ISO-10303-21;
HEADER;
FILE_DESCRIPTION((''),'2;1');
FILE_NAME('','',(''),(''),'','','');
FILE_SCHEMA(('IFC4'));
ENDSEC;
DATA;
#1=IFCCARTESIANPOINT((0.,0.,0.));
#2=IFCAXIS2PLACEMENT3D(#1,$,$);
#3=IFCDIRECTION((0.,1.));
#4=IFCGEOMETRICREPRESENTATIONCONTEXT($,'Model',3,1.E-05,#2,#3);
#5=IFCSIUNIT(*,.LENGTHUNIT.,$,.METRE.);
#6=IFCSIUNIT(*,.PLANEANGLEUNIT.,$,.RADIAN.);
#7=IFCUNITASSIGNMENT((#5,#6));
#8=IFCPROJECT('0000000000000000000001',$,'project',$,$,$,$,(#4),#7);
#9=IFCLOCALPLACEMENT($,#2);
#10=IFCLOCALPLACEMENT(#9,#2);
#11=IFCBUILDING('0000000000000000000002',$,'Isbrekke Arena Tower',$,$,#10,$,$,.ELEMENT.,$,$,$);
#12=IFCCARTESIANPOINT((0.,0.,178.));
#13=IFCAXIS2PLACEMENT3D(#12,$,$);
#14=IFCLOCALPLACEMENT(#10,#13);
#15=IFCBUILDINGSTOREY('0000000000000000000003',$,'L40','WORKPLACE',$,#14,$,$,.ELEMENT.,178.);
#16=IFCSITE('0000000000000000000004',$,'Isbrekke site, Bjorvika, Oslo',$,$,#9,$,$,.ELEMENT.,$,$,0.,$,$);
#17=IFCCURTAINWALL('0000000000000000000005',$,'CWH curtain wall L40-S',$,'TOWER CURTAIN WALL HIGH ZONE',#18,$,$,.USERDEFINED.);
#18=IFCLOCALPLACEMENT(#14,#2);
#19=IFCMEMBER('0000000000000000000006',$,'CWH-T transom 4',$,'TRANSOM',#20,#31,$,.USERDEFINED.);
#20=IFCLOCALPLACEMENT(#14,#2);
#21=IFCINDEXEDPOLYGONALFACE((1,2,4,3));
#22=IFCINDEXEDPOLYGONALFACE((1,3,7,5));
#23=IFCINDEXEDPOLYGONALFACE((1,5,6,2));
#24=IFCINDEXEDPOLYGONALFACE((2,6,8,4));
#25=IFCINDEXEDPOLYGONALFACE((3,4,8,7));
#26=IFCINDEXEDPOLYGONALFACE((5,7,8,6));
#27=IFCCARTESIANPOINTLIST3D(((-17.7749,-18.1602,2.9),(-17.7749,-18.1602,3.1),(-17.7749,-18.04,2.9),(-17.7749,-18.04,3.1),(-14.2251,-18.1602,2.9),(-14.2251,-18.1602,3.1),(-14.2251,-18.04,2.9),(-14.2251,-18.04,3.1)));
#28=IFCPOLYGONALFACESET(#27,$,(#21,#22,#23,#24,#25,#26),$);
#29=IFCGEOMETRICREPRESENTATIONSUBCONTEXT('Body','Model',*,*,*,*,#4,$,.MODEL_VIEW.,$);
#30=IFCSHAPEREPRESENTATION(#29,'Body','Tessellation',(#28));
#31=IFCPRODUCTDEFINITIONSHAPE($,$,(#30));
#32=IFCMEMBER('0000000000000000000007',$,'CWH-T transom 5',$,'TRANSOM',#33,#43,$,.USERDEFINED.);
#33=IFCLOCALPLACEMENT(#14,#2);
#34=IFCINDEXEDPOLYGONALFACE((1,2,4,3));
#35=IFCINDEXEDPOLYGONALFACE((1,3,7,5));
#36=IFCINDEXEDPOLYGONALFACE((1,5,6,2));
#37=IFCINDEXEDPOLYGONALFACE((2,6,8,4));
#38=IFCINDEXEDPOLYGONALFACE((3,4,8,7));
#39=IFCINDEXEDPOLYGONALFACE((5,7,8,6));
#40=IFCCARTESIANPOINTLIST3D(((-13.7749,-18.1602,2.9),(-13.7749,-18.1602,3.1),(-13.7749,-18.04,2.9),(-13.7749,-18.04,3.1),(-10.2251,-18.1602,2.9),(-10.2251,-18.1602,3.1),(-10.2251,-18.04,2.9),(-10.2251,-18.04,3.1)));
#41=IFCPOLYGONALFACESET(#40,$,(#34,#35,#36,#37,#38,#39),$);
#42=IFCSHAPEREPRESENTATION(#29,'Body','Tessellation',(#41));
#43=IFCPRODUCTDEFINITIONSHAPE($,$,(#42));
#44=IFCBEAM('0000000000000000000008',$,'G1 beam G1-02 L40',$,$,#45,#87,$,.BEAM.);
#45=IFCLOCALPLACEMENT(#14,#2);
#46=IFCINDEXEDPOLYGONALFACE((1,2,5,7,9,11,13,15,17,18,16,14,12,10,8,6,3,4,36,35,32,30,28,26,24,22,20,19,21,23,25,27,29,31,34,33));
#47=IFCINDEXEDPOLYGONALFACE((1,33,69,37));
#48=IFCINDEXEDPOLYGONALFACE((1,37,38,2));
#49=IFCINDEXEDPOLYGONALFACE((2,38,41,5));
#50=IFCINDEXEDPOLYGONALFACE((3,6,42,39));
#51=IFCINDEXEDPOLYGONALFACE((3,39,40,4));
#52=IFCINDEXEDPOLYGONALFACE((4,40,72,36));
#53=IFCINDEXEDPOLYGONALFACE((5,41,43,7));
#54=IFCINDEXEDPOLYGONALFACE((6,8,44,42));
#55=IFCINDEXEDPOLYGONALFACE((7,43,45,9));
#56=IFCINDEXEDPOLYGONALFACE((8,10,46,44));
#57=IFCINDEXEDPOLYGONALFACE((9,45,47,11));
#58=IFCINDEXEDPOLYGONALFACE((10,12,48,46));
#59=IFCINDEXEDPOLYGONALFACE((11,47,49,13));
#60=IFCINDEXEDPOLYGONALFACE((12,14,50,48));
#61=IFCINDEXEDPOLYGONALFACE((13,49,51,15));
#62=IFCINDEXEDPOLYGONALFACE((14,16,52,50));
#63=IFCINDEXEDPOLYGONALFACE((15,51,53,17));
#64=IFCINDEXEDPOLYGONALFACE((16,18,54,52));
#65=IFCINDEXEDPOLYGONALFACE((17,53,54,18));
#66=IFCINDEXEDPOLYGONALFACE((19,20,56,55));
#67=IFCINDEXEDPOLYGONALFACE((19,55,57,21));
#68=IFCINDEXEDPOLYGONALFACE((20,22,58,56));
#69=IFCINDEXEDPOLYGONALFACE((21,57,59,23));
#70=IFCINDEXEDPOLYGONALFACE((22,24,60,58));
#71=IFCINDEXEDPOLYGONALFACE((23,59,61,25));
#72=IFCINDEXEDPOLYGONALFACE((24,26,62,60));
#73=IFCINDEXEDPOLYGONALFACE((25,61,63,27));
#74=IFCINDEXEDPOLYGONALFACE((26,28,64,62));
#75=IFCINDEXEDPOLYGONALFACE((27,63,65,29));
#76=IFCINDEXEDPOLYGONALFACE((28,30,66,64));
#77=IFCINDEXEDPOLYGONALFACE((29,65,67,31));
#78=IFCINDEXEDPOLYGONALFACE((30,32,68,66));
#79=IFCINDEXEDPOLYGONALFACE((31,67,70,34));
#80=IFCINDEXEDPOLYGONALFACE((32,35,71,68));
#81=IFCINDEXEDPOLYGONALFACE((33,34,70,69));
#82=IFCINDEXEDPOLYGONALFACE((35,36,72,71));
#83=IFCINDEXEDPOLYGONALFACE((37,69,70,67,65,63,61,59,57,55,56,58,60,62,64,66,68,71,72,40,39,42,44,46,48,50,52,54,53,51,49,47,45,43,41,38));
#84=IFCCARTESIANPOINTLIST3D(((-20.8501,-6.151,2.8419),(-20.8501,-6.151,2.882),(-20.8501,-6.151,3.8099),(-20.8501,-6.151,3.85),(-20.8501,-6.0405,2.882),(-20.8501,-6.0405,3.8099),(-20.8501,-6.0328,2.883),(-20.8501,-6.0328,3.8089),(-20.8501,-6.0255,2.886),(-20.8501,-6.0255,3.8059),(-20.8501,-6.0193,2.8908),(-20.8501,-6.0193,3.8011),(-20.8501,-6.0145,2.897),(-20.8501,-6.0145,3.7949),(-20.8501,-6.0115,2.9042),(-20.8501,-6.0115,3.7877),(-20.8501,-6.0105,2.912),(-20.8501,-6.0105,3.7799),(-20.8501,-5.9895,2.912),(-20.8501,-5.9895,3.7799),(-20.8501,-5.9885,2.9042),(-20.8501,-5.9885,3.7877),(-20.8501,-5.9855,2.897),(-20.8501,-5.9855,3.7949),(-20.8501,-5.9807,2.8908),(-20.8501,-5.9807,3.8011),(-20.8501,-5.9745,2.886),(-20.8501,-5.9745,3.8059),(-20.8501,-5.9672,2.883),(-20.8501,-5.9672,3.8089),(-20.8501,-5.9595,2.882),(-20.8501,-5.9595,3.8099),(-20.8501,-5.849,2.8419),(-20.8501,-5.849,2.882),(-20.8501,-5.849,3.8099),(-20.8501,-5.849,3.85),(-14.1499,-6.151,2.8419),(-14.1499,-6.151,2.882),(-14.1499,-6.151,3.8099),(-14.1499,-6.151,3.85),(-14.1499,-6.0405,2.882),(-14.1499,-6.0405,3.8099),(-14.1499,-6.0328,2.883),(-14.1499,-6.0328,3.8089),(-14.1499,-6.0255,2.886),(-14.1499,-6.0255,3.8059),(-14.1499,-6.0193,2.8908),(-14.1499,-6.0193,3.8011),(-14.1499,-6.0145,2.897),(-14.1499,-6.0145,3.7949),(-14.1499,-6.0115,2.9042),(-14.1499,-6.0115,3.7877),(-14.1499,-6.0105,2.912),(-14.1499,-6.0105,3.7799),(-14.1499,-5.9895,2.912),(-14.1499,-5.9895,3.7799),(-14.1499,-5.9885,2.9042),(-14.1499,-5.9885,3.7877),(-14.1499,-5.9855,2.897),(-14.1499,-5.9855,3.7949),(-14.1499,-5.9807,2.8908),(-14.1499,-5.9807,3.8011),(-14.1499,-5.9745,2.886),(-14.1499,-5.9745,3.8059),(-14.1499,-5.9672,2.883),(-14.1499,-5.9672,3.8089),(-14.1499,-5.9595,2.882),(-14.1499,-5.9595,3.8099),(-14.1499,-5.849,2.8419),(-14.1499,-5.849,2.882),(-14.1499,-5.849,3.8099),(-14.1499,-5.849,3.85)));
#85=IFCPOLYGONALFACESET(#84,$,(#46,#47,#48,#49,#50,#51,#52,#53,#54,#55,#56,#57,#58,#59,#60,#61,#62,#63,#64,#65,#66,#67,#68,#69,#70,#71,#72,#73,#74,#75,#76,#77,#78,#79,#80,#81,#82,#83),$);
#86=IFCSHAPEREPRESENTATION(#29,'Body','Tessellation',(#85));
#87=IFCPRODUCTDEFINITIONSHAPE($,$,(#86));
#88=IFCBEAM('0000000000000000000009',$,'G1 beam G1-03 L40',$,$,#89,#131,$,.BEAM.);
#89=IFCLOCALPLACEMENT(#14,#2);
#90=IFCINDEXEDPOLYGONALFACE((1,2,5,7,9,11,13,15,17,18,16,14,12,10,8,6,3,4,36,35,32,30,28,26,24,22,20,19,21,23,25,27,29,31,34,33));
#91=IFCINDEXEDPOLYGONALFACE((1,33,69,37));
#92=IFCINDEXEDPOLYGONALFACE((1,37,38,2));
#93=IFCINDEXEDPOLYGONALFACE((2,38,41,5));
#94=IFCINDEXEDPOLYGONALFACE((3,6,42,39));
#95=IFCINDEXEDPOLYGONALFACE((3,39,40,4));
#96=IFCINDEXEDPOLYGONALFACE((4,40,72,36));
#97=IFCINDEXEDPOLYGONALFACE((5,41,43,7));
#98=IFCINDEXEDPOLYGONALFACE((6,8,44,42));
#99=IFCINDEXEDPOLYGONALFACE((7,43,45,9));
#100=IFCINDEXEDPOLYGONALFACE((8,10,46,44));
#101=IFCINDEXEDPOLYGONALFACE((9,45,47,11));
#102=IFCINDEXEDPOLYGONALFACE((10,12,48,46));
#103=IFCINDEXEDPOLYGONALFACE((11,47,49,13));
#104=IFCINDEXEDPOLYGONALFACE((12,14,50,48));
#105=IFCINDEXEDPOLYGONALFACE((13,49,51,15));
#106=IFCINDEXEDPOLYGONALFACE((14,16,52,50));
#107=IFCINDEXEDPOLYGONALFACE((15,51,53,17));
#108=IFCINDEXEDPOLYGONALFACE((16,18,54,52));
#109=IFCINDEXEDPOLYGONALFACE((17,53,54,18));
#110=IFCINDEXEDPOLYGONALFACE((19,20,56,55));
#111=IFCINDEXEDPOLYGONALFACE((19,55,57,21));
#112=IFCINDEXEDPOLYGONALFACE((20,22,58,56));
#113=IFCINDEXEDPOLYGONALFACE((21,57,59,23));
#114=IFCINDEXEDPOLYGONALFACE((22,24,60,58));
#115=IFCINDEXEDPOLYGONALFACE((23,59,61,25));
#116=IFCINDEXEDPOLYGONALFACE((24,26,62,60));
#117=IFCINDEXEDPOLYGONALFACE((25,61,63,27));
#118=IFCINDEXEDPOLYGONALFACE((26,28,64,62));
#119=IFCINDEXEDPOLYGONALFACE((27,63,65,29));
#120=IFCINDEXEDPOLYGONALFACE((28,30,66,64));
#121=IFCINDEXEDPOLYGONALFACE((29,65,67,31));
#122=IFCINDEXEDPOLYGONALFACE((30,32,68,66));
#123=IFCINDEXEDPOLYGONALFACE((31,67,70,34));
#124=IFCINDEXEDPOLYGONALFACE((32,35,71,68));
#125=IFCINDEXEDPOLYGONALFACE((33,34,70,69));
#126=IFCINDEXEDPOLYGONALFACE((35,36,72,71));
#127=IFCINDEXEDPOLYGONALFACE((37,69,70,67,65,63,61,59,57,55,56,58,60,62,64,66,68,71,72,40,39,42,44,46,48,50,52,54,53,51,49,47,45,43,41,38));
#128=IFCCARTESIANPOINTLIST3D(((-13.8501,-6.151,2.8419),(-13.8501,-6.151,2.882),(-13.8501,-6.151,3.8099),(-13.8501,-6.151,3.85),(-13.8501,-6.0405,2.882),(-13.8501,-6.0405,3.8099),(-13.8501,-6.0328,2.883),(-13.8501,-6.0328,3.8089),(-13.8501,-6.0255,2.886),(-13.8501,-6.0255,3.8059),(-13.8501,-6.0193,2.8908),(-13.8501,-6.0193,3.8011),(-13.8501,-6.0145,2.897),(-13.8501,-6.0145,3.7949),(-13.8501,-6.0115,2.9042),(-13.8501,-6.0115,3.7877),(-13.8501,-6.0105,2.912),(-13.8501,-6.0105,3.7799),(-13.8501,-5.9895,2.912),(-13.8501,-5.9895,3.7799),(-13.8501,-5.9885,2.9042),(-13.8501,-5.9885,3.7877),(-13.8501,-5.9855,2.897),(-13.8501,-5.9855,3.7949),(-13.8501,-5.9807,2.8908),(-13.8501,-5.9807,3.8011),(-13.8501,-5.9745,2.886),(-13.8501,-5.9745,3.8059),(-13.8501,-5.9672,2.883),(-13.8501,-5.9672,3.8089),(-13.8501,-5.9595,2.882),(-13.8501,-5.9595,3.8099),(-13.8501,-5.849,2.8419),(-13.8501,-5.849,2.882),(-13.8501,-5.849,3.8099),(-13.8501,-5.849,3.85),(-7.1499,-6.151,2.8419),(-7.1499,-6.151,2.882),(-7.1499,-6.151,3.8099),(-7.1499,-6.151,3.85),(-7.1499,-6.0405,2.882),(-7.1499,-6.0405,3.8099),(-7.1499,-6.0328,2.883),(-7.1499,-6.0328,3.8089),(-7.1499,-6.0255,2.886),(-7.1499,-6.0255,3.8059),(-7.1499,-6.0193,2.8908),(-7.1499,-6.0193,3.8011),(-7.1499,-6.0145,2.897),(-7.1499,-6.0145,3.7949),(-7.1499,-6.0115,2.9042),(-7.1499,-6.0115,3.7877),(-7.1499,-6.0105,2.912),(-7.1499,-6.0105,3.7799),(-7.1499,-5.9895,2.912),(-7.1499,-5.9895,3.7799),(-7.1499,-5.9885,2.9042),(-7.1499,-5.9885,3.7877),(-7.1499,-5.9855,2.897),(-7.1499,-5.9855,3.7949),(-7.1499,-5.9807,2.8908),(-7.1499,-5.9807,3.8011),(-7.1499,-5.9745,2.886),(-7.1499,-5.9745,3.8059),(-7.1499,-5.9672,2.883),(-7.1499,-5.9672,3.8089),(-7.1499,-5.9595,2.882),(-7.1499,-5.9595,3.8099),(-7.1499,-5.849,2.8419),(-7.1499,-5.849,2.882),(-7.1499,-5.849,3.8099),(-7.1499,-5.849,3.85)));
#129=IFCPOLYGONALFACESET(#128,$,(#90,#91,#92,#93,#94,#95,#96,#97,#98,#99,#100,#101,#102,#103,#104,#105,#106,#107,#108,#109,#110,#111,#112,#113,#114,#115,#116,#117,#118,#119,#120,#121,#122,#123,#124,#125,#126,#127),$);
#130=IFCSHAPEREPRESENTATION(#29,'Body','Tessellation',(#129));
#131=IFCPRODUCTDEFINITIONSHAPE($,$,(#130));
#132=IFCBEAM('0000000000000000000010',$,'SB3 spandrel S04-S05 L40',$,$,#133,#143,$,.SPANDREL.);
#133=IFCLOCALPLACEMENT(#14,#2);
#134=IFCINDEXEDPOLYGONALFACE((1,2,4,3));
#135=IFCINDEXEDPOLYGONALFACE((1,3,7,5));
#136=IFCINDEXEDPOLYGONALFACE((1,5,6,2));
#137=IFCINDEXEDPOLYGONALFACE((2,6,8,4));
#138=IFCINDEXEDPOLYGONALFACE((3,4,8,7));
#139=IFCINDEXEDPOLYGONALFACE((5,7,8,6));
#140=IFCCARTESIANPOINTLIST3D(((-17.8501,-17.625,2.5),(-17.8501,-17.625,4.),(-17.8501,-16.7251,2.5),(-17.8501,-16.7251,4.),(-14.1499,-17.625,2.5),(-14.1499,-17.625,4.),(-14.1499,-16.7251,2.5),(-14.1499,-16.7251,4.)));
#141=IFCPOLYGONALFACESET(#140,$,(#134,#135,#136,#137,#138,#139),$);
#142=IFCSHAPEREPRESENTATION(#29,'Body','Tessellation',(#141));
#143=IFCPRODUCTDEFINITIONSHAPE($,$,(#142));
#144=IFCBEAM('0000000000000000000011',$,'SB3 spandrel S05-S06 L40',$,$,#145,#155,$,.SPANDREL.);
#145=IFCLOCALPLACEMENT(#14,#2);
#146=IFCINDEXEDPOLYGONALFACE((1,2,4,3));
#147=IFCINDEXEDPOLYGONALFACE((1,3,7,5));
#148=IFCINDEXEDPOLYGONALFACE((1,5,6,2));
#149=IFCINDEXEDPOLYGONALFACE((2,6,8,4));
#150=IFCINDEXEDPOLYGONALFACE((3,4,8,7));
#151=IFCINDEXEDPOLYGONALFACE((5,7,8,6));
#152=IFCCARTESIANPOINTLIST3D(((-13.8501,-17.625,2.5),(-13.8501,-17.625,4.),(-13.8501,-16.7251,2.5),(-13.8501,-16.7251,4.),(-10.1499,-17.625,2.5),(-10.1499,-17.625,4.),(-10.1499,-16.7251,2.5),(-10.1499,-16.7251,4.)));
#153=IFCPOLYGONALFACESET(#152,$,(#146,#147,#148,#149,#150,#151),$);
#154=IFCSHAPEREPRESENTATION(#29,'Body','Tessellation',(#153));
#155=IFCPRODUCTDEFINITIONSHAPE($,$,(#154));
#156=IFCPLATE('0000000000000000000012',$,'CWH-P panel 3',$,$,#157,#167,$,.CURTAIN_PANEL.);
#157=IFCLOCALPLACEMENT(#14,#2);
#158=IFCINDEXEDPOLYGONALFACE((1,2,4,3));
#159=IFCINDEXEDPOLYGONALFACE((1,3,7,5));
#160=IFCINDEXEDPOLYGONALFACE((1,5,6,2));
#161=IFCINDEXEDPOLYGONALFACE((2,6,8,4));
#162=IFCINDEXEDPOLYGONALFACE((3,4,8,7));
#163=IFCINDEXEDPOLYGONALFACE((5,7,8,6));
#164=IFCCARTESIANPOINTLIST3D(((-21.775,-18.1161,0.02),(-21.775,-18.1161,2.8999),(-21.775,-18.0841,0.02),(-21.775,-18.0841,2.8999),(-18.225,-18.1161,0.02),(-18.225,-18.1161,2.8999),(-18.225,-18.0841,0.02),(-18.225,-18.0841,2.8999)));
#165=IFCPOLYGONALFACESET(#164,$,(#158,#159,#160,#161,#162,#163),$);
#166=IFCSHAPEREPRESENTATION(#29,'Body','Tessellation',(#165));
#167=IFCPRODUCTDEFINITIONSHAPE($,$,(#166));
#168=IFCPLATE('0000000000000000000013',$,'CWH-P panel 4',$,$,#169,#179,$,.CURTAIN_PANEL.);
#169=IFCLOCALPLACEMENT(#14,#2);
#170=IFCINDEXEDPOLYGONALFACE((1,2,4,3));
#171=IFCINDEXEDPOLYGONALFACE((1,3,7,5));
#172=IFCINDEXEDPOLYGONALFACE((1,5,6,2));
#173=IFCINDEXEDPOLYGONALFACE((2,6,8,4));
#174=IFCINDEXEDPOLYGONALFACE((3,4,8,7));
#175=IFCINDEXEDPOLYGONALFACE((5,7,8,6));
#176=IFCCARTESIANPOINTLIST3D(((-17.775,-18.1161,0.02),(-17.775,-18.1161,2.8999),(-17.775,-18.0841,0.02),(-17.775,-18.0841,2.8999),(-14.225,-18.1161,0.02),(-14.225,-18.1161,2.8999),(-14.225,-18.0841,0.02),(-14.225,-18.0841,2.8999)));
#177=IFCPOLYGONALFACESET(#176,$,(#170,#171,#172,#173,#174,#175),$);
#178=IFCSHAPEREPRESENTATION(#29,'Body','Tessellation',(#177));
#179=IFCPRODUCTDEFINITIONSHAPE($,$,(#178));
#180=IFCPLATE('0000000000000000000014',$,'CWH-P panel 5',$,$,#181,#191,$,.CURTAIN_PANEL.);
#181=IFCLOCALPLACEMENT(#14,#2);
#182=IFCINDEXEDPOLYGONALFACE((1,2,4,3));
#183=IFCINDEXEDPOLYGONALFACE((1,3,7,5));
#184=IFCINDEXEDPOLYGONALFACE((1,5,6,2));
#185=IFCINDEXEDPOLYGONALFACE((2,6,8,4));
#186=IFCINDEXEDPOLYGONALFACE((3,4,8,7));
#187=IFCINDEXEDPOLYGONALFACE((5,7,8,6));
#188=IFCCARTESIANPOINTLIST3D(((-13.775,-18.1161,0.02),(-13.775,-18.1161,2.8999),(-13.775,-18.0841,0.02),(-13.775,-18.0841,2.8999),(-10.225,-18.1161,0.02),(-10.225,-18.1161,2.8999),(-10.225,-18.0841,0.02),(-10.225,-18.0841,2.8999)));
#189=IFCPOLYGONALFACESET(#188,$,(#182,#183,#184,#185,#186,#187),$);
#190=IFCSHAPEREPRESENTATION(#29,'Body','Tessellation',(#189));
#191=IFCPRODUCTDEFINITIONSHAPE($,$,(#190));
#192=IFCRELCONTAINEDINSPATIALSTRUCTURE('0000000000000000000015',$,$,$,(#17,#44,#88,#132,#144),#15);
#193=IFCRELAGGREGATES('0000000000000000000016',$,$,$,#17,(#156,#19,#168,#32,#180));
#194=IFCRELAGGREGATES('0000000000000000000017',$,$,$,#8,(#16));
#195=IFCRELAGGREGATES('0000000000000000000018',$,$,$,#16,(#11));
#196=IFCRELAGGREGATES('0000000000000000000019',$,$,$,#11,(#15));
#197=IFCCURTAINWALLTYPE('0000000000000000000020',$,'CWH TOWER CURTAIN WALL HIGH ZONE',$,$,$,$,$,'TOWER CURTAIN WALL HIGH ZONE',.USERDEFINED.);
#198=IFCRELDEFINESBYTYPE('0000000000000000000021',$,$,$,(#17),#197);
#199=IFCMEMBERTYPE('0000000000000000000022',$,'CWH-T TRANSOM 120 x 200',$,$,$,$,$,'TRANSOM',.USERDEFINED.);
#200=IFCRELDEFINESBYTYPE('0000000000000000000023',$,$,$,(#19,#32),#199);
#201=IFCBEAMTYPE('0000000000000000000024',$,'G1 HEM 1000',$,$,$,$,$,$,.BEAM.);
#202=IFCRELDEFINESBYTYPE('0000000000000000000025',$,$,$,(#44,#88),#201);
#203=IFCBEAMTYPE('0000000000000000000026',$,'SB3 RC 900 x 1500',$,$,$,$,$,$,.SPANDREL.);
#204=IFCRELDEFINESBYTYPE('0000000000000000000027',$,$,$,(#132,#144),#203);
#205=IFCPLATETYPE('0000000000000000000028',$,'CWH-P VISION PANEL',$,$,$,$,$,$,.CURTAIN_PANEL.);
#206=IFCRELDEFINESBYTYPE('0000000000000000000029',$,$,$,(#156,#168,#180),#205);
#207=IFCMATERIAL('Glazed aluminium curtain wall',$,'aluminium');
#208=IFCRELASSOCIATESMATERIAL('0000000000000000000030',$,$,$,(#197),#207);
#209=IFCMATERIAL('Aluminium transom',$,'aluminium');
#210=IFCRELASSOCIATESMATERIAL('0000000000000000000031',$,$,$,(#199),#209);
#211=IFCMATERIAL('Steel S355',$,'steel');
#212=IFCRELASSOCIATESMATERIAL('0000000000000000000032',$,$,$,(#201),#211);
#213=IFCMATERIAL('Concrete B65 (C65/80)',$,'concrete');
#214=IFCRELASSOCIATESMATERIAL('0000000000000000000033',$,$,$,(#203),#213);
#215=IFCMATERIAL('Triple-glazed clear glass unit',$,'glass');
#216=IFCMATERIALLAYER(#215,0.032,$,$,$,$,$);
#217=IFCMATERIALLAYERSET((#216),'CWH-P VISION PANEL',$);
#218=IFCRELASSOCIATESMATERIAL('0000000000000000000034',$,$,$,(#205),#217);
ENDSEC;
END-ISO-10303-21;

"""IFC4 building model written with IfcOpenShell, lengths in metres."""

from ifc_helpers import new_model, si_unit, direction, frame, origin, origin_2d, place, context, subcontext, project, spatial, rectangle, i_section, extrude, material, layer, layer_set, material_profile, profile_set, type_object, element, aggregate, save


model = new_model("IFC4")

# Units and contexts
model_context = context("Model", 3, precision=1e-05, world=origin(), true_north=direction((0.0, 1.0)))
body_context = subcontext(model_context, "Body", "Model", "MODEL_VIEW")
ifc_project = project(units=[si_unit("LENGTHUNIT", "METRE"), si_unit("PLANEANGLEUNIT", "RADIAN")], contexts=[model_context])

# Site, building, storey
site_placement = place(None, origin())
site = spatial("IfcSite", under=ifc_project, at=site_placement, Name="Isbrekke site, Bjorvika, Oslo", CompositionType="ELEMENT", RefElevation=0.0)
building_placement = place(site_placement, origin())
building = spatial("IfcBuilding", under=site, at=building_placement, Name="Isbrekke Arena Tower", CompositionType="ELEMENT")
storey_placement = place(building_placement, frame((0.0, 0.0, 178.0)))
storey = spatial("IfcBuildingStorey", under=building, at=storey_placement, Name="L40", Description="WORKPLACE", CompositionType="ELEMENT", Elevation=178.0)

# Curtain wall, members
ifc_material_1 = material(Name="Glazed aluminium curtain wall", Category="aluminium")
curtain_wall_type = type_object("IfcCurtainWallType", Name="CWH TOWER CURTAIN WALL HIGH ZONE", ElementType="TOWER CURTAIN WALL HIGH ZONE", PredefinedType="USERDEFINED", material=ifc_material_1)
curtain_wall_placement = place(storey_placement, origin())
curtain_wall = element("IfcCurtainWall", 1, at=curtain_wall_placement, inside=storey, type_object=curtain_wall_type, Name="CWH curtain wall L40-S", ObjectType="TOWER CURTAIN WALL HIGH ZONE", PredefinedType="USERDEFINED")
ifc_material_2 = material(Name="Aluminium transom", Category="aluminium")
ifc_material_profile_1 = material_profile(ifc_material_2, rectangle(XDim=0.1201, YDim=0.2, at=origin_2d()), Name="TRANSOM 120X200")
ifc_profile_set_1 = profile_set([ifc_material_profile_1], Name="Aluminium transom")
member_type_1 = type_object("IfcMemberType", Name="CWH-T TRANSOM 120 x 200", ElementType="TRANSOM", PredefinedType="USERDEFINED", material=ifc_profile_set_1)
member_1_placement = place(storey_placement, frame((-17.7749, -18.1001, 3.0), z_axis=(1.0, 0.0, 0.0), x_axis=(0.0, 1.0, 0.0)))
member_1 = element("IfcMember", 2, at=member_1_placement, type_object=member_type_1, Name="CWH-T transom 4", ObjectType="TRANSOM", PredefinedType="USERDEFINED", context=body_context, shape_type="SweptSolid", body=[
    extrude(rectangle(XDim=0.1201, YDim=0.2, at=origin_2d()), origin(), (0.0, 0.0, 1.0), 3.5498),
])
member_2_placement = place(storey_placement, frame((-13.7749, -18.1001, 3.0), z_axis=(1.0, 0.0, 0.0), x_axis=(0.0, 1.0, 0.0)))
member_2 = element("IfcMember", 3, at=member_2_placement, type_object=member_type_1, Name="CWH-T transom 5", ObjectType="TRANSOM", PredefinedType="USERDEFINED", context=body_context, shape_type="SweptSolid", body=[
    extrude(rectangle(XDim=0.1201, YDim=0.2, at=origin_2d()), origin(), (0.0, 0.0, 1.0), 3.5498),
])

# Beams
ifc_material_3 = material(Name="Steel S355", Category="steel")
ifc_material_profile_2 = material_profile(ifc_material_3, i_section(OverallWidth=0.302, OverallDepth=1.0081, WebThickness=0.021, FlangeThickness=0.04, FilletRadius=0.03, at=origin_2d()), Name="HEM 1000")
ifc_profile_set_2 = profile_set([ifc_material_profile_2], Name="Steel S355")
beam_type_1 = type_object("IfcBeamType", Name="G1 HEM 1000", PredefinedType="BEAM", material=ifc_profile_set_2)
for number, where, z_axis, x_axis, name in (
    (4, (-20.8501, -6.0, 3.3459), (1.0, 0.0, 0.0), (0.0, 1.0, 0.0), "G1 beam G1-02 L40"),
    (5, (-13.8501, -6.0, 3.3459), (1.0, 0.0, 0.0), (0.0, 1.0, 0.0), "G1 beam G1-03 L40"),
):
    element("IfcBeam", number, at=place(storey_placement, frame(where, z_axis=z_axis, x_axis=x_axis)), inside=storey, type_object=beam_type_1, Name=name, PredefinedType="BEAM", context=body_context, shape_type="SweptSolid", body=[
        extrude(i_section(OverallWidth=0.302, OverallDepth=1.0081, WebThickness=0.021, FlangeThickness=0.04, FilletRadius=0.03, at=origin_2d()), origin(), (0.0, 0.0, 1.0), 6.7002),
    ])
ifc_material_4 = material(Name="Concrete B65 (C65/80)", Category="concrete")
ifc_material_profile_3 = material_profile(ifc_material_4, rectangle(XDim=0.8999, YDim=1.5, at=origin_2d()), Name="RC 900x1500")
ifc_profile_set_3 = profile_set([ifc_material_profile_3], Name="Concrete B65 (C65/80)")
beam_type_2 = type_object("IfcBeamType", Name="SB3 RC 900 x 1500", PredefinedType="SPANDREL", material=ifc_profile_set_3)
for number, where, z_axis, x_axis, name in (
    (6, (-17.8501, -17.175, 3.25), (1.0, 0.0, 0.0), (0.0, 1.0, 0.0), "SB3 spandrel S04-S05 L40"),
    (7, (-13.8501, -17.175, 3.25), (1.0, 0.0, 0.0), (0.0, 1.0, 0.0), "SB3 spandrel S05-S06 L40"),
):
    element("IfcBeam", number, at=place(storey_placement, frame(where, z_axis=z_axis, x_axis=x_axis)), inside=storey, type_object=beam_type_2, Name=name, PredefinedType="SPANDREL", context=body_context, shape_type="SweptSolid", body=[
        extrude(rectangle(XDim=0.8999, YDim=1.5, at=origin_2d()), origin(), (0.0, 0.0, 1.0), 3.7002),
    ])

# Plates
ifc_material_5 = material(Name="Triple-glazed clear glass unit", Category="glass")
ifc_layer_1 = layer(ifc_material_5, 0.032)
ifc_layer_set_1 = layer_set([ifc_layer_1], Name="CWH-P VISION PANEL")
plate_type = type_object("IfcPlateType", Name="CWH-P VISION PANEL", PredefinedType="CURTAIN_PANEL", material=ifc_layer_set_1)
plate_1_placement = place(storey_placement, frame((-20.0, -18.1001, 0.02), z_axis=(0.0, 0.0, 1.0), x_axis=(1.0, 0.0, 0.0)))
plate_1 = element("IfcPlate", 8, at=plate_1_placement, type_object=plate_type, Name="CWH-P panel 3", PredefinedType="CURTAIN_PANEL", context=body_context, shape_type="SweptSolid", body=[
    extrude(rectangle(XDim=3.55, YDim=0.032, at=origin_2d()), origin(), (0.0, 0.0, 1.0), 2.8799),
])
plate_2_placement = place(storey_placement, frame((-16.0, -18.1001, 0.02), z_axis=(0.0, 0.0, 1.0), x_axis=(1.0, 0.0, 0.0)))
plate_2 = element("IfcPlate", 9, at=plate_2_placement, type_object=plate_type, Name="CWH-P panel 4", PredefinedType="CURTAIN_PANEL", context=body_context, shape_type="SweptSolid", body=[
    extrude(rectangle(XDim=3.55, YDim=0.032, at=origin_2d()), origin(), (0.0, 0.0, 1.0), 2.8799),
])
plate_3_placement = place(storey_placement, frame((-12.0, -18.1001, 0.02), z_axis=(0.0, 0.0, 1.0), x_axis=(1.0, 0.0, 0.0)))
plate_3 = element("IfcPlate", 10, at=plate_3_placement, type_object=plate_type, Name="CWH-P panel 5", PredefinedType="CURTAIN_PANEL", context=body_context, shape_type="SweptSolid", body=[
    extrude(rectangle(XDim=3.55, YDim=0.032, at=origin_2d()), origin(), (0.0, 0.0, 1.0), 2.8799),
])
aggregate(curtain_wall, [plate_1, member_1, plate_2, member_2, plate_3])

save(model, "model.ifc")
